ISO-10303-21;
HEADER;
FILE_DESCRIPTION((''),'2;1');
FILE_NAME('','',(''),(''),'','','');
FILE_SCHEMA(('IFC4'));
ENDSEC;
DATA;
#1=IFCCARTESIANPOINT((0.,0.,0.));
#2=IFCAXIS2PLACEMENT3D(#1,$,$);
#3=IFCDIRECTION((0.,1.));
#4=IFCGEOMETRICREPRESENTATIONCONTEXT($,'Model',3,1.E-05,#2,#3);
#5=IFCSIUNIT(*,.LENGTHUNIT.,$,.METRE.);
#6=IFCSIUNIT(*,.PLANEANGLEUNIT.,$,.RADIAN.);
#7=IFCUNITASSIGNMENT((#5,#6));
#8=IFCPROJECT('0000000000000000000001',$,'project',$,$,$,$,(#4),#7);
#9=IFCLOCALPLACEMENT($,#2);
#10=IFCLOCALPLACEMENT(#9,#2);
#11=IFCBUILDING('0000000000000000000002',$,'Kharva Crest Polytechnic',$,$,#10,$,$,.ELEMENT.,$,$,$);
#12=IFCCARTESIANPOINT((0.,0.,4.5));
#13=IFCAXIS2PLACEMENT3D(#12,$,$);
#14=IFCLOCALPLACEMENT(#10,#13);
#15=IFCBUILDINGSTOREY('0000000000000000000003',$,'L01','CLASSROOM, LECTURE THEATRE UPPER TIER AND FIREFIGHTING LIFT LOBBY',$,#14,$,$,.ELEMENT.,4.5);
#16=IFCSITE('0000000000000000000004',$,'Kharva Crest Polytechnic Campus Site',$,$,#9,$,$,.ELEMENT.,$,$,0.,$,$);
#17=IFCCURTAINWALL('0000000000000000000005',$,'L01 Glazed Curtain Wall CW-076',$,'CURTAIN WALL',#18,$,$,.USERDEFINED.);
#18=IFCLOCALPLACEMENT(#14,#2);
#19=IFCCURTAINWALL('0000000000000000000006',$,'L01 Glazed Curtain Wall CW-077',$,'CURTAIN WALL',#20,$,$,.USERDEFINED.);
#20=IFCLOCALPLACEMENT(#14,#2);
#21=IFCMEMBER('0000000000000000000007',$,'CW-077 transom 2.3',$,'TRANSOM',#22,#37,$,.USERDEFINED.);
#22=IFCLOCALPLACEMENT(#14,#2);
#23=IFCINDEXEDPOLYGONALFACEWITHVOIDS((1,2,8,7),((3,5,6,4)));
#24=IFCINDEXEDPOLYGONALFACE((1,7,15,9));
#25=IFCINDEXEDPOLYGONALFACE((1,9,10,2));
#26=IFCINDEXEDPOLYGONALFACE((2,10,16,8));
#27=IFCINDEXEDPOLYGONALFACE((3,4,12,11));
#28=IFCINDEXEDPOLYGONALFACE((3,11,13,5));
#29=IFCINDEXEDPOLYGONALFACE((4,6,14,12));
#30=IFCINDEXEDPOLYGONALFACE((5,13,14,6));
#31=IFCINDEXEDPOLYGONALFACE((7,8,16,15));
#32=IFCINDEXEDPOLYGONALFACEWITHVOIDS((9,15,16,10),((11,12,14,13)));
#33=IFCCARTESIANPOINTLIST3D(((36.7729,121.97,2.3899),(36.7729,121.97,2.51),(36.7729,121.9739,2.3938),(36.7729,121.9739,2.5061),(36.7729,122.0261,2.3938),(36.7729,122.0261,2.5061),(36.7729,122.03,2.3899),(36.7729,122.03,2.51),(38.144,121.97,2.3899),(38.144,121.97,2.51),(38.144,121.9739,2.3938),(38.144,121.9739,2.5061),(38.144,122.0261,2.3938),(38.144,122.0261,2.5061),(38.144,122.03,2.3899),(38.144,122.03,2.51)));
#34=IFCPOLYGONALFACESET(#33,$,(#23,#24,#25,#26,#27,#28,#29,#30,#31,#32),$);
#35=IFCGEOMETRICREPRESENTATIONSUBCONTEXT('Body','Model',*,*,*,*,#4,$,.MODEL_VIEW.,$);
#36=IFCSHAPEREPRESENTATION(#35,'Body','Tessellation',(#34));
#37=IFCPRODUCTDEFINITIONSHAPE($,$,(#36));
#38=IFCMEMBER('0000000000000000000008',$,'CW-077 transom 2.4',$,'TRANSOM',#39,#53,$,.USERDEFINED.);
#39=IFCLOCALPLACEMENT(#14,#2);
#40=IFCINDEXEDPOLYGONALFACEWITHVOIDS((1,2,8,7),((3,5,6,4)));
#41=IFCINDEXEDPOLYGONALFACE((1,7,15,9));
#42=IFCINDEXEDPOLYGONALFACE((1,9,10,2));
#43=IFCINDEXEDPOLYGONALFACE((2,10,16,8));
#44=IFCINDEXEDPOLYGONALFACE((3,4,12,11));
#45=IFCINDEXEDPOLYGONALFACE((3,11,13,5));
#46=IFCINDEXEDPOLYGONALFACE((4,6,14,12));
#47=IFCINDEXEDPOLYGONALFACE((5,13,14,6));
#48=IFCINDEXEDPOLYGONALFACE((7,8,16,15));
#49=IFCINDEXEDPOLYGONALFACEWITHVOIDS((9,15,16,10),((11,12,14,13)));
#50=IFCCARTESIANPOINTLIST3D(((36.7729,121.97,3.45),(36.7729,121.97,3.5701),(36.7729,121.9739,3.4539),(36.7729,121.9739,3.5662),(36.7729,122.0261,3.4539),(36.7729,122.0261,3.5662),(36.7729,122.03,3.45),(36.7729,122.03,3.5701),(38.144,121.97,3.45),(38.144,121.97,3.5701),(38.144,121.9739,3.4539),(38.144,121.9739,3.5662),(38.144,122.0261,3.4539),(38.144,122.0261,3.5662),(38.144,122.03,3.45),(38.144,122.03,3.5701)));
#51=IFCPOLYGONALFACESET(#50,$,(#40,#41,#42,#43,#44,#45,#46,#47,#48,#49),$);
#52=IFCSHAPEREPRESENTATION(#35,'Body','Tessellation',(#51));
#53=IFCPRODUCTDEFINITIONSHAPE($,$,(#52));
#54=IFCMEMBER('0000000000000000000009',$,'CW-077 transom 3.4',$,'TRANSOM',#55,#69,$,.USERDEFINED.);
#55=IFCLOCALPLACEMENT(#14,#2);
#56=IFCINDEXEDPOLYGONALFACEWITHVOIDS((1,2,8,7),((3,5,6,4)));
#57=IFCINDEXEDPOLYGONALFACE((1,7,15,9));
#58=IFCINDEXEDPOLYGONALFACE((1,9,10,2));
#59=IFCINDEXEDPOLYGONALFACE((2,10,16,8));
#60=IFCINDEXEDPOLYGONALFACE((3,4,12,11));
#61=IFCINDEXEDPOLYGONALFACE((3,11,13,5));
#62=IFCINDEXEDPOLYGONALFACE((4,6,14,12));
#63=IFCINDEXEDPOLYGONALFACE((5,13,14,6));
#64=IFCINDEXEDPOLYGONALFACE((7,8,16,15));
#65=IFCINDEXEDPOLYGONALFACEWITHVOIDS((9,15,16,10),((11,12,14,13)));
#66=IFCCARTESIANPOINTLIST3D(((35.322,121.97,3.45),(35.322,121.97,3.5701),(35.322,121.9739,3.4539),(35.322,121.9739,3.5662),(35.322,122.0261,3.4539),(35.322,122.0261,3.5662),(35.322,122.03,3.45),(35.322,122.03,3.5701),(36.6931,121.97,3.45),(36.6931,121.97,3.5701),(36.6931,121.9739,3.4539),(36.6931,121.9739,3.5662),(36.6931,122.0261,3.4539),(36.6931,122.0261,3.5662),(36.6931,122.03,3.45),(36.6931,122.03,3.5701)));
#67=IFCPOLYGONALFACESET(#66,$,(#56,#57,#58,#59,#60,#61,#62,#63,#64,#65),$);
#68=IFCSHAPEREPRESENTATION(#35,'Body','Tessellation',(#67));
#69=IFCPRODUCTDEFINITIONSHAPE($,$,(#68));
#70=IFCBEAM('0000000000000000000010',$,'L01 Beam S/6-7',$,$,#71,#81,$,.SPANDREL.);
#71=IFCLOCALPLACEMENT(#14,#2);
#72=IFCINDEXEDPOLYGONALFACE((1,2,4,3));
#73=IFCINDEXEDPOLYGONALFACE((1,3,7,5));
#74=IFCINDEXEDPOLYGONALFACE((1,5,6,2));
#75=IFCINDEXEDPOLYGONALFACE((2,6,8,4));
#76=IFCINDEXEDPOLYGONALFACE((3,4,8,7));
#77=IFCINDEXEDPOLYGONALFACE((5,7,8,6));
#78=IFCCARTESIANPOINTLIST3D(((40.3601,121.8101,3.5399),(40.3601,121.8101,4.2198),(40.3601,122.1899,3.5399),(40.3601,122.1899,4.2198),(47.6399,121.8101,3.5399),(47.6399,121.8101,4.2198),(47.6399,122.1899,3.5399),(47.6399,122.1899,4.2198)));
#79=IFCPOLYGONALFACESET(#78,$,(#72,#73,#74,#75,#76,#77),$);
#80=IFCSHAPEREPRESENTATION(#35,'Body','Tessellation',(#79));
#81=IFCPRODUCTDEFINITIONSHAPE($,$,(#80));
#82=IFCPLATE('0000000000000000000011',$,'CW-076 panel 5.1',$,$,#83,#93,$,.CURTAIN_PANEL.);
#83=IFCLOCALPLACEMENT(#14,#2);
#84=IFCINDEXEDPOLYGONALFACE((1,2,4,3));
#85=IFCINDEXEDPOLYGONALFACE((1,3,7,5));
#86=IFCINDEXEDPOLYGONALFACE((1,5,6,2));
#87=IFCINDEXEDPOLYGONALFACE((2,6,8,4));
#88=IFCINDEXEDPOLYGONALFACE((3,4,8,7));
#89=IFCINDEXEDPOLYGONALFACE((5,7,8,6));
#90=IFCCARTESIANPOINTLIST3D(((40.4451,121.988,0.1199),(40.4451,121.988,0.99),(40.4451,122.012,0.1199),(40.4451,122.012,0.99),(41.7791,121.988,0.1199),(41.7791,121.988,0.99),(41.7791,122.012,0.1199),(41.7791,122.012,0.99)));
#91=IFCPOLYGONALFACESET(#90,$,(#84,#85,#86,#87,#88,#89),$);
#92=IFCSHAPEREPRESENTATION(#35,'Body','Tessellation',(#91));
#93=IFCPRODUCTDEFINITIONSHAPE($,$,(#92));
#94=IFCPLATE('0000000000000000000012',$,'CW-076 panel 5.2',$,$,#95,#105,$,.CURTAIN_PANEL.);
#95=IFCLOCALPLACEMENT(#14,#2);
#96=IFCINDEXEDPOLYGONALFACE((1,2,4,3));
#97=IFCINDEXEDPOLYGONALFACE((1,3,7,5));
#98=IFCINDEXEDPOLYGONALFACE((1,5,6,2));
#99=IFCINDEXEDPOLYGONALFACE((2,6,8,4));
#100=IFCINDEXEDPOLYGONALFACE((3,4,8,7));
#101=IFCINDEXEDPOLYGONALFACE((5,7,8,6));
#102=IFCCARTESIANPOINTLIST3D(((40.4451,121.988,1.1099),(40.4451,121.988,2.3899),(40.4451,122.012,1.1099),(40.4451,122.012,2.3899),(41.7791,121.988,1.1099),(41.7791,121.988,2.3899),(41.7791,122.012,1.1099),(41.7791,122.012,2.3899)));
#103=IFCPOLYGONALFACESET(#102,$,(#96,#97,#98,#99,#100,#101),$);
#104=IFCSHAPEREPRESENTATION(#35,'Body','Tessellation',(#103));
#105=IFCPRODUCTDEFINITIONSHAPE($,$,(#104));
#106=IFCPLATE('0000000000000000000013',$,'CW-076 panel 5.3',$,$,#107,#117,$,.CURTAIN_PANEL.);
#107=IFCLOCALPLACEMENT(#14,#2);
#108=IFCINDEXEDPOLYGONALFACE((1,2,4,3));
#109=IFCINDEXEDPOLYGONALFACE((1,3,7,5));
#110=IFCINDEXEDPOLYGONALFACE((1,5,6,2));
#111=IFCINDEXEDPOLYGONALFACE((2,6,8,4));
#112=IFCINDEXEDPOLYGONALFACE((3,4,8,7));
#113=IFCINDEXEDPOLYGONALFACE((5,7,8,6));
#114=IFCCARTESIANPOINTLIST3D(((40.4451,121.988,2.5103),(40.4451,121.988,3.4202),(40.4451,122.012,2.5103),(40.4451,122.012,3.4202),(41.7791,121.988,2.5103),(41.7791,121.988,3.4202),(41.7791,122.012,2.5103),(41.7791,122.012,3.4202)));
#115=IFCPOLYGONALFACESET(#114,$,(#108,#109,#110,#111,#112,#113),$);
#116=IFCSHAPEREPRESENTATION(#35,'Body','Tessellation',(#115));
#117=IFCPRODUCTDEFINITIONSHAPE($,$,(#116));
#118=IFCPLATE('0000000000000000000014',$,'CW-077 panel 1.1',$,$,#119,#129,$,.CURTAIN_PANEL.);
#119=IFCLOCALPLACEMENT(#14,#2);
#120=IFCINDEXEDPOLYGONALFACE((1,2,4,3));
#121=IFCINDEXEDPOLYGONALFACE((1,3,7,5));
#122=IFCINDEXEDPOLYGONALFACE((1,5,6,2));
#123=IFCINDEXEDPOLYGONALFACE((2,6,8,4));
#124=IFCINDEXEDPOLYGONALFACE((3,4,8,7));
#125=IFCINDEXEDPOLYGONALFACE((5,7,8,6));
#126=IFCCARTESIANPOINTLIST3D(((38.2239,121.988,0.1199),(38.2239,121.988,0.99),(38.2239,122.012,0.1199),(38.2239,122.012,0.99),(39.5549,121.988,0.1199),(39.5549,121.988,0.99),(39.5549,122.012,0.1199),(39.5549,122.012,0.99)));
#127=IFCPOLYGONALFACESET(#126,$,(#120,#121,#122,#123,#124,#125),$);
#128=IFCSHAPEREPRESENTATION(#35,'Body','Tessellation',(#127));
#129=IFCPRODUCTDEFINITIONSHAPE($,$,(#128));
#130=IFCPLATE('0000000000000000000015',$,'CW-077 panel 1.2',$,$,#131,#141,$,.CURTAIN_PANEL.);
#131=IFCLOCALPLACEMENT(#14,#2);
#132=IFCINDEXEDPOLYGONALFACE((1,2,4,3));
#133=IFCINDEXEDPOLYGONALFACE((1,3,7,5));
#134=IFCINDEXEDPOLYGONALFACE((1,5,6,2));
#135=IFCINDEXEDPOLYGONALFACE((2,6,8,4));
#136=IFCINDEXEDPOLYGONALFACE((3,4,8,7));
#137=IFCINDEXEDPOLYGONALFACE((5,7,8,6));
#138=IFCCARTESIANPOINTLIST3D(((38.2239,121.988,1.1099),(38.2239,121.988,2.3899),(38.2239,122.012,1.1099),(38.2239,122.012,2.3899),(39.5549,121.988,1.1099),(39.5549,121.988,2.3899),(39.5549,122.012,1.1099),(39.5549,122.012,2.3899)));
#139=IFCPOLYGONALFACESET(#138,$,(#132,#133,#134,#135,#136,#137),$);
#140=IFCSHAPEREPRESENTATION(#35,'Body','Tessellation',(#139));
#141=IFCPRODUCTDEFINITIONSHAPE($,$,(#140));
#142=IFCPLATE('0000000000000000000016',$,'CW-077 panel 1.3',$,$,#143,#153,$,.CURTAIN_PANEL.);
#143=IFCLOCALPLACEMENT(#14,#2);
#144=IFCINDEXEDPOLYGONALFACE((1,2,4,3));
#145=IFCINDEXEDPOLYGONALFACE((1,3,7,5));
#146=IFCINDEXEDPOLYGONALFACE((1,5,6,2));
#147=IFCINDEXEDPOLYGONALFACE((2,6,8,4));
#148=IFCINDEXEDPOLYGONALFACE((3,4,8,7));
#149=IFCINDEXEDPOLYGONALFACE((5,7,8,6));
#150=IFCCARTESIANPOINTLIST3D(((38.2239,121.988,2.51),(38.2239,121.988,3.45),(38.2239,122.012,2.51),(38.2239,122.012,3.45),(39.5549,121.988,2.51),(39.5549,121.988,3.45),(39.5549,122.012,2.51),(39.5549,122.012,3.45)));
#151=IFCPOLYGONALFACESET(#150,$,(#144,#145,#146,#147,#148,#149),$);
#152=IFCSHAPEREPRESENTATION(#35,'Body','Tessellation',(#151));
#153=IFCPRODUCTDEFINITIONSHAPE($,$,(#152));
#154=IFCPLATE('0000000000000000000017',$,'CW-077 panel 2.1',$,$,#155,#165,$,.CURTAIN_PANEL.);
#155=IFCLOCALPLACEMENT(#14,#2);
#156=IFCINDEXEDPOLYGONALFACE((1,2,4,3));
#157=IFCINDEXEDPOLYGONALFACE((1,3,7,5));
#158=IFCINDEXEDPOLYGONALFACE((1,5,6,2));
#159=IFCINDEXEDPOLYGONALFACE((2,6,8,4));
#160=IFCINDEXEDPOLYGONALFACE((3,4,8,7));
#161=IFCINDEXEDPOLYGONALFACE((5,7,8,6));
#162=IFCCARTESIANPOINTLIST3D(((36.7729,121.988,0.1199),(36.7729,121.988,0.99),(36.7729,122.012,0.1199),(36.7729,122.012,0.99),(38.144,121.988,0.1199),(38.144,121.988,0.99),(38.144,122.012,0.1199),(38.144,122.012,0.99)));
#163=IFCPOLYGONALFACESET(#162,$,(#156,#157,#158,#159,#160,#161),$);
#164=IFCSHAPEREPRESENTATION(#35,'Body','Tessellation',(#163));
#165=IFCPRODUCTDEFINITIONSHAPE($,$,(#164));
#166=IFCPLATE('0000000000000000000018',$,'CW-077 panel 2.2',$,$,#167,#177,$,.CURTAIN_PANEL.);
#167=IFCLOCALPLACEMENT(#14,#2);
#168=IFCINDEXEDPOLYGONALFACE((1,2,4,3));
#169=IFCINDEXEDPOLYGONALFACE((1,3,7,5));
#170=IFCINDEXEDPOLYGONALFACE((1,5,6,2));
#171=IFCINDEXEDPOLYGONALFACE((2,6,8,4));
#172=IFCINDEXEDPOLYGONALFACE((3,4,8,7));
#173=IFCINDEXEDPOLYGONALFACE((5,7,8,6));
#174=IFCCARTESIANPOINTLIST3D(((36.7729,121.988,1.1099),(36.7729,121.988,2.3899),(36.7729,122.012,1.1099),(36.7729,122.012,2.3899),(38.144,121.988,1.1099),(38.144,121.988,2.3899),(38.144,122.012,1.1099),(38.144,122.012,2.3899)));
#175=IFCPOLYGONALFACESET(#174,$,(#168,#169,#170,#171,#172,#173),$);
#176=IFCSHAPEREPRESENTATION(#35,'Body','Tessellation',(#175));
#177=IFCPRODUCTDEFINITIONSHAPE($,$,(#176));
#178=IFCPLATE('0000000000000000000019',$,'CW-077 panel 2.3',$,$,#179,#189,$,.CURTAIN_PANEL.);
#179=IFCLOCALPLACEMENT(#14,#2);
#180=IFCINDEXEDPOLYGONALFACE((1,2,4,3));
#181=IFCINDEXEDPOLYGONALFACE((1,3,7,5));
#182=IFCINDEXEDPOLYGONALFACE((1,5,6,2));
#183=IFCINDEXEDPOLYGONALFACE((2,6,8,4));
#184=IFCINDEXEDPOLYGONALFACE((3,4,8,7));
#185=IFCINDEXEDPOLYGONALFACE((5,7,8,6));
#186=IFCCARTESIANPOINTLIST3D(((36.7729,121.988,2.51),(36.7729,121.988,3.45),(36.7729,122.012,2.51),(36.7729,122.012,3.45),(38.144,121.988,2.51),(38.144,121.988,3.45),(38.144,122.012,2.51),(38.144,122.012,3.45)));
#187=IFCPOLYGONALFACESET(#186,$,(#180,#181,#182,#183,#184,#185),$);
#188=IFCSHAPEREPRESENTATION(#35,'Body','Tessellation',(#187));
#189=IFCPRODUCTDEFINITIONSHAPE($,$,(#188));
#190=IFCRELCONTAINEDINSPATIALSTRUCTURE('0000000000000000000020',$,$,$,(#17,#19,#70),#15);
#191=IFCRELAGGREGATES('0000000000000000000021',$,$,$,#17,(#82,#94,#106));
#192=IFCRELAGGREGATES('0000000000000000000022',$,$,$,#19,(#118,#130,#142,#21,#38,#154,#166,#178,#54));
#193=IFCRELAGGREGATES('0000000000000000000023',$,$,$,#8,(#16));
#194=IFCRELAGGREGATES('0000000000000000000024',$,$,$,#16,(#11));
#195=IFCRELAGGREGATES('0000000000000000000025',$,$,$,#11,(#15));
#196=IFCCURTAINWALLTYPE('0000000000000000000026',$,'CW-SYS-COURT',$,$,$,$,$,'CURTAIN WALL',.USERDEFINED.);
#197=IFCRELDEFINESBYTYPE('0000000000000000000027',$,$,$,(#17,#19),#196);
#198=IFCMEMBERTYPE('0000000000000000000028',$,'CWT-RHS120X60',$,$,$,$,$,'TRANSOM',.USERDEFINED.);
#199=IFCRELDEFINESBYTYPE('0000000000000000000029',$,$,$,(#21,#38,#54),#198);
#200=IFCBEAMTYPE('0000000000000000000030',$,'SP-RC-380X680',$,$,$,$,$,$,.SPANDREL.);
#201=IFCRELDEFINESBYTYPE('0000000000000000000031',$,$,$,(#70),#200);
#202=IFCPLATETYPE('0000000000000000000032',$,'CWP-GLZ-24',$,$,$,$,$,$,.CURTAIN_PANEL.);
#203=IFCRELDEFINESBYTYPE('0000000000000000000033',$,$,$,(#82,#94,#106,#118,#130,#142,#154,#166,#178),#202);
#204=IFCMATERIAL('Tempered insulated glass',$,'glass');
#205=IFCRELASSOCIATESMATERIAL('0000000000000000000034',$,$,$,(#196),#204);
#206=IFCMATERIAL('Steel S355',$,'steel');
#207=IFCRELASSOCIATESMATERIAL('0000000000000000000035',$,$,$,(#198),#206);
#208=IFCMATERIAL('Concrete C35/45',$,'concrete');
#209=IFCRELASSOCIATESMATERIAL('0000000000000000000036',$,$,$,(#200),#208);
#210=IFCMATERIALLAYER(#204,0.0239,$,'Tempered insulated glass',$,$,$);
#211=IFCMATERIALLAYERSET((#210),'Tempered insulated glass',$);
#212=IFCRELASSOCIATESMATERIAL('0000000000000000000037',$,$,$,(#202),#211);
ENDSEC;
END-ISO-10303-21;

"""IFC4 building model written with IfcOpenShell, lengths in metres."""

from ifc_helpers import new_model, si_unit, direction, frame, origin, origin_2d, place, context, subcontext, project, spatial, rectangle, hollow_rectangle, extrude, material, layer, layer_set, material_profile, profile_set, type_object, element, aggregate, save


model = new_model("IFC4")

# Units and contexts
model_context = context("Model", 3, precision=1e-05, world=origin(), true_north=direction((0.0, 1.0)))
body_context = subcontext(model_context, "Body", "Model", "MODEL_VIEW")
ifc_project = project(units=[si_unit("LENGTHUNIT", "METRE"), si_unit("PLANEANGLEUNIT", "RADIAN")], contexts=[model_context])

# Site, building, storey
site_placement = place(None, origin())
site = spatial("IfcSite", under=ifc_project, at=site_placement, Name="Kharva Crest Polytechnic Campus Site", CompositionType="ELEMENT", RefElevation=0.0)
building_placement = place(site_placement, origin())
building = spatial("IfcBuilding", under=site, at=building_placement, Name="Kharva Crest Polytechnic", CompositionType="ELEMENT")
storey_placement = place(building_placement, frame((0.0, 0.0, 4.5)))
storey = spatial("IfcBuildingStorey", under=building, at=storey_placement, Name="L01", Description="CLASSROOM, LECTURE THEATRE UPPER TIER AND FIREFIGHTING LIFT LOBBY", CompositionType="ELEMENT", Elevation=4.5)

# Curtain wall
ifc_material_1 = material(Name="Tempered insulated glass", Category="glass")
curtain_wall_type = type_object("IfcCurtainWallType", Name="CW-SYS-COURT", ElementType="CURTAIN WALL", PredefinedType="USERDEFINED", material=ifc_material_1)
curtain_wall_1_placement = place(storey_placement, origin())
curtain_wall_1 = element("IfcCurtainWall", 1, at=curtain_wall_1_placement, inside=storey, type_object=curtain_wall_type, Name="L01 Glazed Curtain Wall CW-076", ObjectType="CURTAIN WALL", PredefinedType="USERDEFINED")
ifc_material_2 = material(Name="Steel S355", Category="steel")

# Curtain wall, members
curtain_wall_2_placement = place(storey_placement, origin())
curtain_wall_2 = element("IfcCurtainWall", 2, at=curtain_wall_2_placement, inside=storey, type_object=curtain_wall_type, Name="L01 Glazed Curtain Wall CW-077", ObjectType="CURTAIN WALL", PredefinedType="USERDEFINED")
ifc_material_profile_1 = material_profile(ifc_material_2, hollow_rectangle(XDim=0.0601, YDim=0.1201, WallThickness=0.0039, at=origin_2d()), Name="RHS 120X60X4.0")
ifc_profile_set_1 = profile_set([ifc_material_profile_1], Name="Steel S355")
member_type_1 = type_object("IfcMemberType", Name="CWT-RHS120X60", ElementType="TRANSOM", PredefinedType="USERDEFINED", material=ifc_profile_set_1)
member_1_placement = place(storey_placement, frame((38.144, 122.0, 2.45), z_axis=(-1.0, 0.0, 0.0), x_axis=(0.0, -1.0, 0.0)))
member_1 = element("IfcMember", 3, at=member_1_placement, type_object=member_type_1, Name="CW-077 transom 2.3", ObjectType="TRANSOM", PredefinedType="USERDEFINED", context=body_context, shape_type="SweptSolid", body=[
    extrude(hollow_rectangle(XDim=0.0601, YDim=0.1201, WallThickness=0.0039, at=origin_2d()), origin(), (0.0, 0.0, 1.0), 1.3711),
])
member_2_placement = place(storey_placement, frame((38.144, 122.0, 3.51), z_axis=(-1.0, 0.0, 0.0), x_axis=(0.0, -1.0, 0.0)))
member_2 = element("IfcMember", 4, at=member_2_placement, type_object=member_type_1, Name="CW-077 transom 2.4", ObjectType="TRANSOM", PredefinedType="USERDEFINED", context=body_context, shape_type="SweptSolid", body=[
    extrude(hollow_rectangle(XDim=0.0601, YDim=0.1201, WallThickness=0.0039, at=origin_2d()), origin(), (0.0, 0.0, 1.0), 1.3711),
])
member_3_placement = place(storey_placement, frame((36.6931, 122.0, 3.51), z_axis=(-1.0, 0.0, 0.0), x_axis=(0.0, -1.0, 0.0)))
member_3 = element("IfcMember", 5, at=member_3_placement, type_object=member_type_1, Name="CW-077 transom 3.4", ObjectType="TRANSOM", PredefinedType="USERDEFINED", context=body_context, shape_type="SweptSolid", body=[
    extrude(hollow_rectangle(XDim=0.0601, YDim=0.1201, WallThickness=0.0039, at=origin_2d()), origin(), (0.0, 0.0, 1.0), 1.3711),
])

# Beam
ifc_material_3 = material(Name="Concrete C35/45", Category="concrete")
ifc_material_profile_2 = material_profile(ifc_material_3, rectangle(XDim=0.3799, YDim=0.6799, at=origin_2d()), Name="RECT 380 X 680")
ifc_profile_set_2 = profile_set([ifc_material_profile_2], Name="Concrete C35/45")
beam_type = type_object("IfcBeamType", Name="SP-RC-380X680", PredefinedType="SPANDREL", material=ifc_profile_set_2)
beam_placement = place(storey_placement, frame((40.3601, 122.0, 3.8799), z_axis=(1.0, 0.0, 0.0), x_axis=(0.0, 1.0, 0.0)))
element("IfcBeam", 6, at=beam_placement, inside=storey, type_object=beam_type, Name="L01 Beam S/6-7", PredefinedType="SPANDREL", context=body_context, shape_type="SweptSolid", body=[
    extrude(rectangle(XDim=0.3799, YDim=0.6799, at=origin_2d()), origin(), (0.0, 0.0, 1.0), 7.2798),
])

# Plates
ifc_layer = layer(ifc_material_1, 0.0239, Name="Tempered insulated glass")
ifc_layer_set = layer_set([ifc_layer], Name="Tempered insulated glass")
plate_type = type_object("IfcPlateType", Name="CWP-GLZ-24", PredefinedType="CURTAIN_PANEL", material=ifc_layer_set)
plate_1_placement = place(storey_placement, frame((41.1121, 122.0, 0.1199), z_axis=(0.0, 0.0, 1.0), x_axis=(-1.0, 0.0, 0.0)))
plate_1 = element("IfcPlate", 7, at=plate_1_placement, type_object=plate_type, Name="CW-076 panel 5.1", PredefinedType="CURTAIN_PANEL", context=body_context, shape_type="SweptSolid", body=[
    extrude(rectangle(XDim=1.334, YDim=0.0239, at=origin_2d()), origin(), (0.0, 0.0, 1.0), 0.8701),
])
plate_2_placement = place(storey_placement, frame((41.1121, 122.0, 1.1099), z_axis=(0.0, 0.0, 1.0), x_axis=(-1.0, 0.0, 0.0)))
plate_2 = element("IfcPlate", 8, at=plate_2_placement, type_object=plate_type, Name="CW-076 panel 5.2", PredefinedType="CURTAIN_PANEL", context=body_context, shape_type="SweptSolid", body=[
    extrude(rectangle(XDim=1.334, YDim=0.0239, at=origin_2d()), origin(), (0.0, 0.0, 1.0), 1.28),
])
plate_3_placement = place(storey_placement, frame((41.1121, 122.0, 2.5103), z_axis=(0.0, 0.0, 1.0), x_axis=(-1.0, 0.0, 0.0)))
plate_3 = element("IfcPlate", 9, at=plate_3_placement, type_object=plate_type, Name="CW-076 panel 5.3", PredefinedType="CURTAIN_PANEL", context=body_context, shape_type="SweptSolid", body=[
    extrude(rectangle(XDim=1.334, YDim=0.0239, at=origin_2d()), origin(), (0.0, 0.0, 1.0), 0.9099),
])
aggregate(curtain_wall_1, [plate_1, plate_2, plate_3])
plate_4_placement = place(storey_placement, frame((38.8894, 122.0, 0.1199), z_axis=(0.0, 0.0, 1.0), x_axis=(-1.0, 0.0, 0.0)))
plate_4 = element("IfcPlate", 10, at=plate_4_placement, type_object=plate_type, Name="CW-077 panel 1.1", PredefinedType="CURTAIN_PANEL", context=body_context, shape_type="SweptSolid", body=[
    extrude(rectangle(XDim=1.3311, YDim=0.0239, at=origin_2d()), origin(), (0.0, 0.0, 1.0), 0.8701),
])
plate_5_placement = place(storey_placement, frame((38.8894, 122.0, 1.1099), z_axis=(0.0, 0.0, 1.0), x_axis=(-1.0, 0.0, 0.0)))
plate_5 = element("IfcPlate", 11, at=plate_5_placement, type_object=plate_type, Name="CW-077 panel 1.2", PredefinedType="CURTAIN_PANEL", context=body_context, shape_type="SweptSolid", body=[
    extrude(rectangle(XDim=1.3311, YDim=0.0239, at=origin_2d()), origin(), (0.0, 0.0, 1.0), 1.28),
])
plate_6_placement = place(storey_placement, frame((38.8894, 122.0, 2.51), z_axis=(0.0, 0.0, 1.0), x_axis=(-1.0, 0.0, 0.0)))
plate_6 = element("IfcPlate", 12, at=plate_6_placement, type_object=plate_type, Name="CW-077 panel 1.3", PredefinedType="CURTAIN_PANEL", context=body_context, shape_type="SweptSolid", body=[
    extrude(rectangle(XDim=1.3311, YDim=0.0239, at=origin_2d()), origin(), (0.0, 0.0, 1.0), 0.9399),
])
plate_7_placement = place(storey_placement, frame((37.4585, 122.0, 0.1199), z_axis=(0.0, 0.0, 1.0), x_axis=(-1.0, 0.0, 0.0)))
plate_7 = element("IfcPlate", 13, at=plate_7_placement, type_object=plate_type, Name="CW-077 panel 2.1", PredefinedType="CURTAIN_PANEL", context=body_context, shape_type="SweptSolid", body=[
    extrude(rectangle(XDim=1.3711, YDim=0.0239, at=origin_2d()), origin(), (0.0, 0.0, 1.0), 0.8701),
])
plate_8_placement = place(storey_placement, frame((37.4585, 122.0, 1.1099), z_axis=(0.0, 0.0, 1.0), x_axis=(-1.0, 0.0, 0.0)))
plate_8 = element("IfcPlate", 14, at=plate_8_placement, type_object=plate_type, Name="CW-077 panel 2.2", PredefinedType="CURTAIN_PANEL", context=body_context, shape_type="SweptSolid", body=[
    extrude(rectangle(XDim=1.3711, YDim=0.0239, at=origin_2d()), origin(), (0.0, 0.0, 1.0), 1.28),
])
plate_9_placement = place(storey_placement, frame((37.4585, 122.0, 2.51), z_axis=(0.0, 0.0, 1.0), x_axis=(-1.0, 0.0, 0.0)))
plate_9 = element("IfcPlate", 15, at=plate_9_placement, type_object=plate_type, Name="CW-077 panel 2.3", PredefinedType="CURTAIN_PANEL", context=body_context, shape_type="SweptSolid", body=[
    extrude(rectangle(XDim=1.3711, YDim=0.0239, at=origin_2d()), origin(), (0.0, 0.0, 1.0), 0.9399),
])
aggregate(curtain_wall_2, [plate_4, plate_5, plate_6, member_1, member_2, plate_7, plate_8, plate_9, member_3])

save(model, "model.ifc")
